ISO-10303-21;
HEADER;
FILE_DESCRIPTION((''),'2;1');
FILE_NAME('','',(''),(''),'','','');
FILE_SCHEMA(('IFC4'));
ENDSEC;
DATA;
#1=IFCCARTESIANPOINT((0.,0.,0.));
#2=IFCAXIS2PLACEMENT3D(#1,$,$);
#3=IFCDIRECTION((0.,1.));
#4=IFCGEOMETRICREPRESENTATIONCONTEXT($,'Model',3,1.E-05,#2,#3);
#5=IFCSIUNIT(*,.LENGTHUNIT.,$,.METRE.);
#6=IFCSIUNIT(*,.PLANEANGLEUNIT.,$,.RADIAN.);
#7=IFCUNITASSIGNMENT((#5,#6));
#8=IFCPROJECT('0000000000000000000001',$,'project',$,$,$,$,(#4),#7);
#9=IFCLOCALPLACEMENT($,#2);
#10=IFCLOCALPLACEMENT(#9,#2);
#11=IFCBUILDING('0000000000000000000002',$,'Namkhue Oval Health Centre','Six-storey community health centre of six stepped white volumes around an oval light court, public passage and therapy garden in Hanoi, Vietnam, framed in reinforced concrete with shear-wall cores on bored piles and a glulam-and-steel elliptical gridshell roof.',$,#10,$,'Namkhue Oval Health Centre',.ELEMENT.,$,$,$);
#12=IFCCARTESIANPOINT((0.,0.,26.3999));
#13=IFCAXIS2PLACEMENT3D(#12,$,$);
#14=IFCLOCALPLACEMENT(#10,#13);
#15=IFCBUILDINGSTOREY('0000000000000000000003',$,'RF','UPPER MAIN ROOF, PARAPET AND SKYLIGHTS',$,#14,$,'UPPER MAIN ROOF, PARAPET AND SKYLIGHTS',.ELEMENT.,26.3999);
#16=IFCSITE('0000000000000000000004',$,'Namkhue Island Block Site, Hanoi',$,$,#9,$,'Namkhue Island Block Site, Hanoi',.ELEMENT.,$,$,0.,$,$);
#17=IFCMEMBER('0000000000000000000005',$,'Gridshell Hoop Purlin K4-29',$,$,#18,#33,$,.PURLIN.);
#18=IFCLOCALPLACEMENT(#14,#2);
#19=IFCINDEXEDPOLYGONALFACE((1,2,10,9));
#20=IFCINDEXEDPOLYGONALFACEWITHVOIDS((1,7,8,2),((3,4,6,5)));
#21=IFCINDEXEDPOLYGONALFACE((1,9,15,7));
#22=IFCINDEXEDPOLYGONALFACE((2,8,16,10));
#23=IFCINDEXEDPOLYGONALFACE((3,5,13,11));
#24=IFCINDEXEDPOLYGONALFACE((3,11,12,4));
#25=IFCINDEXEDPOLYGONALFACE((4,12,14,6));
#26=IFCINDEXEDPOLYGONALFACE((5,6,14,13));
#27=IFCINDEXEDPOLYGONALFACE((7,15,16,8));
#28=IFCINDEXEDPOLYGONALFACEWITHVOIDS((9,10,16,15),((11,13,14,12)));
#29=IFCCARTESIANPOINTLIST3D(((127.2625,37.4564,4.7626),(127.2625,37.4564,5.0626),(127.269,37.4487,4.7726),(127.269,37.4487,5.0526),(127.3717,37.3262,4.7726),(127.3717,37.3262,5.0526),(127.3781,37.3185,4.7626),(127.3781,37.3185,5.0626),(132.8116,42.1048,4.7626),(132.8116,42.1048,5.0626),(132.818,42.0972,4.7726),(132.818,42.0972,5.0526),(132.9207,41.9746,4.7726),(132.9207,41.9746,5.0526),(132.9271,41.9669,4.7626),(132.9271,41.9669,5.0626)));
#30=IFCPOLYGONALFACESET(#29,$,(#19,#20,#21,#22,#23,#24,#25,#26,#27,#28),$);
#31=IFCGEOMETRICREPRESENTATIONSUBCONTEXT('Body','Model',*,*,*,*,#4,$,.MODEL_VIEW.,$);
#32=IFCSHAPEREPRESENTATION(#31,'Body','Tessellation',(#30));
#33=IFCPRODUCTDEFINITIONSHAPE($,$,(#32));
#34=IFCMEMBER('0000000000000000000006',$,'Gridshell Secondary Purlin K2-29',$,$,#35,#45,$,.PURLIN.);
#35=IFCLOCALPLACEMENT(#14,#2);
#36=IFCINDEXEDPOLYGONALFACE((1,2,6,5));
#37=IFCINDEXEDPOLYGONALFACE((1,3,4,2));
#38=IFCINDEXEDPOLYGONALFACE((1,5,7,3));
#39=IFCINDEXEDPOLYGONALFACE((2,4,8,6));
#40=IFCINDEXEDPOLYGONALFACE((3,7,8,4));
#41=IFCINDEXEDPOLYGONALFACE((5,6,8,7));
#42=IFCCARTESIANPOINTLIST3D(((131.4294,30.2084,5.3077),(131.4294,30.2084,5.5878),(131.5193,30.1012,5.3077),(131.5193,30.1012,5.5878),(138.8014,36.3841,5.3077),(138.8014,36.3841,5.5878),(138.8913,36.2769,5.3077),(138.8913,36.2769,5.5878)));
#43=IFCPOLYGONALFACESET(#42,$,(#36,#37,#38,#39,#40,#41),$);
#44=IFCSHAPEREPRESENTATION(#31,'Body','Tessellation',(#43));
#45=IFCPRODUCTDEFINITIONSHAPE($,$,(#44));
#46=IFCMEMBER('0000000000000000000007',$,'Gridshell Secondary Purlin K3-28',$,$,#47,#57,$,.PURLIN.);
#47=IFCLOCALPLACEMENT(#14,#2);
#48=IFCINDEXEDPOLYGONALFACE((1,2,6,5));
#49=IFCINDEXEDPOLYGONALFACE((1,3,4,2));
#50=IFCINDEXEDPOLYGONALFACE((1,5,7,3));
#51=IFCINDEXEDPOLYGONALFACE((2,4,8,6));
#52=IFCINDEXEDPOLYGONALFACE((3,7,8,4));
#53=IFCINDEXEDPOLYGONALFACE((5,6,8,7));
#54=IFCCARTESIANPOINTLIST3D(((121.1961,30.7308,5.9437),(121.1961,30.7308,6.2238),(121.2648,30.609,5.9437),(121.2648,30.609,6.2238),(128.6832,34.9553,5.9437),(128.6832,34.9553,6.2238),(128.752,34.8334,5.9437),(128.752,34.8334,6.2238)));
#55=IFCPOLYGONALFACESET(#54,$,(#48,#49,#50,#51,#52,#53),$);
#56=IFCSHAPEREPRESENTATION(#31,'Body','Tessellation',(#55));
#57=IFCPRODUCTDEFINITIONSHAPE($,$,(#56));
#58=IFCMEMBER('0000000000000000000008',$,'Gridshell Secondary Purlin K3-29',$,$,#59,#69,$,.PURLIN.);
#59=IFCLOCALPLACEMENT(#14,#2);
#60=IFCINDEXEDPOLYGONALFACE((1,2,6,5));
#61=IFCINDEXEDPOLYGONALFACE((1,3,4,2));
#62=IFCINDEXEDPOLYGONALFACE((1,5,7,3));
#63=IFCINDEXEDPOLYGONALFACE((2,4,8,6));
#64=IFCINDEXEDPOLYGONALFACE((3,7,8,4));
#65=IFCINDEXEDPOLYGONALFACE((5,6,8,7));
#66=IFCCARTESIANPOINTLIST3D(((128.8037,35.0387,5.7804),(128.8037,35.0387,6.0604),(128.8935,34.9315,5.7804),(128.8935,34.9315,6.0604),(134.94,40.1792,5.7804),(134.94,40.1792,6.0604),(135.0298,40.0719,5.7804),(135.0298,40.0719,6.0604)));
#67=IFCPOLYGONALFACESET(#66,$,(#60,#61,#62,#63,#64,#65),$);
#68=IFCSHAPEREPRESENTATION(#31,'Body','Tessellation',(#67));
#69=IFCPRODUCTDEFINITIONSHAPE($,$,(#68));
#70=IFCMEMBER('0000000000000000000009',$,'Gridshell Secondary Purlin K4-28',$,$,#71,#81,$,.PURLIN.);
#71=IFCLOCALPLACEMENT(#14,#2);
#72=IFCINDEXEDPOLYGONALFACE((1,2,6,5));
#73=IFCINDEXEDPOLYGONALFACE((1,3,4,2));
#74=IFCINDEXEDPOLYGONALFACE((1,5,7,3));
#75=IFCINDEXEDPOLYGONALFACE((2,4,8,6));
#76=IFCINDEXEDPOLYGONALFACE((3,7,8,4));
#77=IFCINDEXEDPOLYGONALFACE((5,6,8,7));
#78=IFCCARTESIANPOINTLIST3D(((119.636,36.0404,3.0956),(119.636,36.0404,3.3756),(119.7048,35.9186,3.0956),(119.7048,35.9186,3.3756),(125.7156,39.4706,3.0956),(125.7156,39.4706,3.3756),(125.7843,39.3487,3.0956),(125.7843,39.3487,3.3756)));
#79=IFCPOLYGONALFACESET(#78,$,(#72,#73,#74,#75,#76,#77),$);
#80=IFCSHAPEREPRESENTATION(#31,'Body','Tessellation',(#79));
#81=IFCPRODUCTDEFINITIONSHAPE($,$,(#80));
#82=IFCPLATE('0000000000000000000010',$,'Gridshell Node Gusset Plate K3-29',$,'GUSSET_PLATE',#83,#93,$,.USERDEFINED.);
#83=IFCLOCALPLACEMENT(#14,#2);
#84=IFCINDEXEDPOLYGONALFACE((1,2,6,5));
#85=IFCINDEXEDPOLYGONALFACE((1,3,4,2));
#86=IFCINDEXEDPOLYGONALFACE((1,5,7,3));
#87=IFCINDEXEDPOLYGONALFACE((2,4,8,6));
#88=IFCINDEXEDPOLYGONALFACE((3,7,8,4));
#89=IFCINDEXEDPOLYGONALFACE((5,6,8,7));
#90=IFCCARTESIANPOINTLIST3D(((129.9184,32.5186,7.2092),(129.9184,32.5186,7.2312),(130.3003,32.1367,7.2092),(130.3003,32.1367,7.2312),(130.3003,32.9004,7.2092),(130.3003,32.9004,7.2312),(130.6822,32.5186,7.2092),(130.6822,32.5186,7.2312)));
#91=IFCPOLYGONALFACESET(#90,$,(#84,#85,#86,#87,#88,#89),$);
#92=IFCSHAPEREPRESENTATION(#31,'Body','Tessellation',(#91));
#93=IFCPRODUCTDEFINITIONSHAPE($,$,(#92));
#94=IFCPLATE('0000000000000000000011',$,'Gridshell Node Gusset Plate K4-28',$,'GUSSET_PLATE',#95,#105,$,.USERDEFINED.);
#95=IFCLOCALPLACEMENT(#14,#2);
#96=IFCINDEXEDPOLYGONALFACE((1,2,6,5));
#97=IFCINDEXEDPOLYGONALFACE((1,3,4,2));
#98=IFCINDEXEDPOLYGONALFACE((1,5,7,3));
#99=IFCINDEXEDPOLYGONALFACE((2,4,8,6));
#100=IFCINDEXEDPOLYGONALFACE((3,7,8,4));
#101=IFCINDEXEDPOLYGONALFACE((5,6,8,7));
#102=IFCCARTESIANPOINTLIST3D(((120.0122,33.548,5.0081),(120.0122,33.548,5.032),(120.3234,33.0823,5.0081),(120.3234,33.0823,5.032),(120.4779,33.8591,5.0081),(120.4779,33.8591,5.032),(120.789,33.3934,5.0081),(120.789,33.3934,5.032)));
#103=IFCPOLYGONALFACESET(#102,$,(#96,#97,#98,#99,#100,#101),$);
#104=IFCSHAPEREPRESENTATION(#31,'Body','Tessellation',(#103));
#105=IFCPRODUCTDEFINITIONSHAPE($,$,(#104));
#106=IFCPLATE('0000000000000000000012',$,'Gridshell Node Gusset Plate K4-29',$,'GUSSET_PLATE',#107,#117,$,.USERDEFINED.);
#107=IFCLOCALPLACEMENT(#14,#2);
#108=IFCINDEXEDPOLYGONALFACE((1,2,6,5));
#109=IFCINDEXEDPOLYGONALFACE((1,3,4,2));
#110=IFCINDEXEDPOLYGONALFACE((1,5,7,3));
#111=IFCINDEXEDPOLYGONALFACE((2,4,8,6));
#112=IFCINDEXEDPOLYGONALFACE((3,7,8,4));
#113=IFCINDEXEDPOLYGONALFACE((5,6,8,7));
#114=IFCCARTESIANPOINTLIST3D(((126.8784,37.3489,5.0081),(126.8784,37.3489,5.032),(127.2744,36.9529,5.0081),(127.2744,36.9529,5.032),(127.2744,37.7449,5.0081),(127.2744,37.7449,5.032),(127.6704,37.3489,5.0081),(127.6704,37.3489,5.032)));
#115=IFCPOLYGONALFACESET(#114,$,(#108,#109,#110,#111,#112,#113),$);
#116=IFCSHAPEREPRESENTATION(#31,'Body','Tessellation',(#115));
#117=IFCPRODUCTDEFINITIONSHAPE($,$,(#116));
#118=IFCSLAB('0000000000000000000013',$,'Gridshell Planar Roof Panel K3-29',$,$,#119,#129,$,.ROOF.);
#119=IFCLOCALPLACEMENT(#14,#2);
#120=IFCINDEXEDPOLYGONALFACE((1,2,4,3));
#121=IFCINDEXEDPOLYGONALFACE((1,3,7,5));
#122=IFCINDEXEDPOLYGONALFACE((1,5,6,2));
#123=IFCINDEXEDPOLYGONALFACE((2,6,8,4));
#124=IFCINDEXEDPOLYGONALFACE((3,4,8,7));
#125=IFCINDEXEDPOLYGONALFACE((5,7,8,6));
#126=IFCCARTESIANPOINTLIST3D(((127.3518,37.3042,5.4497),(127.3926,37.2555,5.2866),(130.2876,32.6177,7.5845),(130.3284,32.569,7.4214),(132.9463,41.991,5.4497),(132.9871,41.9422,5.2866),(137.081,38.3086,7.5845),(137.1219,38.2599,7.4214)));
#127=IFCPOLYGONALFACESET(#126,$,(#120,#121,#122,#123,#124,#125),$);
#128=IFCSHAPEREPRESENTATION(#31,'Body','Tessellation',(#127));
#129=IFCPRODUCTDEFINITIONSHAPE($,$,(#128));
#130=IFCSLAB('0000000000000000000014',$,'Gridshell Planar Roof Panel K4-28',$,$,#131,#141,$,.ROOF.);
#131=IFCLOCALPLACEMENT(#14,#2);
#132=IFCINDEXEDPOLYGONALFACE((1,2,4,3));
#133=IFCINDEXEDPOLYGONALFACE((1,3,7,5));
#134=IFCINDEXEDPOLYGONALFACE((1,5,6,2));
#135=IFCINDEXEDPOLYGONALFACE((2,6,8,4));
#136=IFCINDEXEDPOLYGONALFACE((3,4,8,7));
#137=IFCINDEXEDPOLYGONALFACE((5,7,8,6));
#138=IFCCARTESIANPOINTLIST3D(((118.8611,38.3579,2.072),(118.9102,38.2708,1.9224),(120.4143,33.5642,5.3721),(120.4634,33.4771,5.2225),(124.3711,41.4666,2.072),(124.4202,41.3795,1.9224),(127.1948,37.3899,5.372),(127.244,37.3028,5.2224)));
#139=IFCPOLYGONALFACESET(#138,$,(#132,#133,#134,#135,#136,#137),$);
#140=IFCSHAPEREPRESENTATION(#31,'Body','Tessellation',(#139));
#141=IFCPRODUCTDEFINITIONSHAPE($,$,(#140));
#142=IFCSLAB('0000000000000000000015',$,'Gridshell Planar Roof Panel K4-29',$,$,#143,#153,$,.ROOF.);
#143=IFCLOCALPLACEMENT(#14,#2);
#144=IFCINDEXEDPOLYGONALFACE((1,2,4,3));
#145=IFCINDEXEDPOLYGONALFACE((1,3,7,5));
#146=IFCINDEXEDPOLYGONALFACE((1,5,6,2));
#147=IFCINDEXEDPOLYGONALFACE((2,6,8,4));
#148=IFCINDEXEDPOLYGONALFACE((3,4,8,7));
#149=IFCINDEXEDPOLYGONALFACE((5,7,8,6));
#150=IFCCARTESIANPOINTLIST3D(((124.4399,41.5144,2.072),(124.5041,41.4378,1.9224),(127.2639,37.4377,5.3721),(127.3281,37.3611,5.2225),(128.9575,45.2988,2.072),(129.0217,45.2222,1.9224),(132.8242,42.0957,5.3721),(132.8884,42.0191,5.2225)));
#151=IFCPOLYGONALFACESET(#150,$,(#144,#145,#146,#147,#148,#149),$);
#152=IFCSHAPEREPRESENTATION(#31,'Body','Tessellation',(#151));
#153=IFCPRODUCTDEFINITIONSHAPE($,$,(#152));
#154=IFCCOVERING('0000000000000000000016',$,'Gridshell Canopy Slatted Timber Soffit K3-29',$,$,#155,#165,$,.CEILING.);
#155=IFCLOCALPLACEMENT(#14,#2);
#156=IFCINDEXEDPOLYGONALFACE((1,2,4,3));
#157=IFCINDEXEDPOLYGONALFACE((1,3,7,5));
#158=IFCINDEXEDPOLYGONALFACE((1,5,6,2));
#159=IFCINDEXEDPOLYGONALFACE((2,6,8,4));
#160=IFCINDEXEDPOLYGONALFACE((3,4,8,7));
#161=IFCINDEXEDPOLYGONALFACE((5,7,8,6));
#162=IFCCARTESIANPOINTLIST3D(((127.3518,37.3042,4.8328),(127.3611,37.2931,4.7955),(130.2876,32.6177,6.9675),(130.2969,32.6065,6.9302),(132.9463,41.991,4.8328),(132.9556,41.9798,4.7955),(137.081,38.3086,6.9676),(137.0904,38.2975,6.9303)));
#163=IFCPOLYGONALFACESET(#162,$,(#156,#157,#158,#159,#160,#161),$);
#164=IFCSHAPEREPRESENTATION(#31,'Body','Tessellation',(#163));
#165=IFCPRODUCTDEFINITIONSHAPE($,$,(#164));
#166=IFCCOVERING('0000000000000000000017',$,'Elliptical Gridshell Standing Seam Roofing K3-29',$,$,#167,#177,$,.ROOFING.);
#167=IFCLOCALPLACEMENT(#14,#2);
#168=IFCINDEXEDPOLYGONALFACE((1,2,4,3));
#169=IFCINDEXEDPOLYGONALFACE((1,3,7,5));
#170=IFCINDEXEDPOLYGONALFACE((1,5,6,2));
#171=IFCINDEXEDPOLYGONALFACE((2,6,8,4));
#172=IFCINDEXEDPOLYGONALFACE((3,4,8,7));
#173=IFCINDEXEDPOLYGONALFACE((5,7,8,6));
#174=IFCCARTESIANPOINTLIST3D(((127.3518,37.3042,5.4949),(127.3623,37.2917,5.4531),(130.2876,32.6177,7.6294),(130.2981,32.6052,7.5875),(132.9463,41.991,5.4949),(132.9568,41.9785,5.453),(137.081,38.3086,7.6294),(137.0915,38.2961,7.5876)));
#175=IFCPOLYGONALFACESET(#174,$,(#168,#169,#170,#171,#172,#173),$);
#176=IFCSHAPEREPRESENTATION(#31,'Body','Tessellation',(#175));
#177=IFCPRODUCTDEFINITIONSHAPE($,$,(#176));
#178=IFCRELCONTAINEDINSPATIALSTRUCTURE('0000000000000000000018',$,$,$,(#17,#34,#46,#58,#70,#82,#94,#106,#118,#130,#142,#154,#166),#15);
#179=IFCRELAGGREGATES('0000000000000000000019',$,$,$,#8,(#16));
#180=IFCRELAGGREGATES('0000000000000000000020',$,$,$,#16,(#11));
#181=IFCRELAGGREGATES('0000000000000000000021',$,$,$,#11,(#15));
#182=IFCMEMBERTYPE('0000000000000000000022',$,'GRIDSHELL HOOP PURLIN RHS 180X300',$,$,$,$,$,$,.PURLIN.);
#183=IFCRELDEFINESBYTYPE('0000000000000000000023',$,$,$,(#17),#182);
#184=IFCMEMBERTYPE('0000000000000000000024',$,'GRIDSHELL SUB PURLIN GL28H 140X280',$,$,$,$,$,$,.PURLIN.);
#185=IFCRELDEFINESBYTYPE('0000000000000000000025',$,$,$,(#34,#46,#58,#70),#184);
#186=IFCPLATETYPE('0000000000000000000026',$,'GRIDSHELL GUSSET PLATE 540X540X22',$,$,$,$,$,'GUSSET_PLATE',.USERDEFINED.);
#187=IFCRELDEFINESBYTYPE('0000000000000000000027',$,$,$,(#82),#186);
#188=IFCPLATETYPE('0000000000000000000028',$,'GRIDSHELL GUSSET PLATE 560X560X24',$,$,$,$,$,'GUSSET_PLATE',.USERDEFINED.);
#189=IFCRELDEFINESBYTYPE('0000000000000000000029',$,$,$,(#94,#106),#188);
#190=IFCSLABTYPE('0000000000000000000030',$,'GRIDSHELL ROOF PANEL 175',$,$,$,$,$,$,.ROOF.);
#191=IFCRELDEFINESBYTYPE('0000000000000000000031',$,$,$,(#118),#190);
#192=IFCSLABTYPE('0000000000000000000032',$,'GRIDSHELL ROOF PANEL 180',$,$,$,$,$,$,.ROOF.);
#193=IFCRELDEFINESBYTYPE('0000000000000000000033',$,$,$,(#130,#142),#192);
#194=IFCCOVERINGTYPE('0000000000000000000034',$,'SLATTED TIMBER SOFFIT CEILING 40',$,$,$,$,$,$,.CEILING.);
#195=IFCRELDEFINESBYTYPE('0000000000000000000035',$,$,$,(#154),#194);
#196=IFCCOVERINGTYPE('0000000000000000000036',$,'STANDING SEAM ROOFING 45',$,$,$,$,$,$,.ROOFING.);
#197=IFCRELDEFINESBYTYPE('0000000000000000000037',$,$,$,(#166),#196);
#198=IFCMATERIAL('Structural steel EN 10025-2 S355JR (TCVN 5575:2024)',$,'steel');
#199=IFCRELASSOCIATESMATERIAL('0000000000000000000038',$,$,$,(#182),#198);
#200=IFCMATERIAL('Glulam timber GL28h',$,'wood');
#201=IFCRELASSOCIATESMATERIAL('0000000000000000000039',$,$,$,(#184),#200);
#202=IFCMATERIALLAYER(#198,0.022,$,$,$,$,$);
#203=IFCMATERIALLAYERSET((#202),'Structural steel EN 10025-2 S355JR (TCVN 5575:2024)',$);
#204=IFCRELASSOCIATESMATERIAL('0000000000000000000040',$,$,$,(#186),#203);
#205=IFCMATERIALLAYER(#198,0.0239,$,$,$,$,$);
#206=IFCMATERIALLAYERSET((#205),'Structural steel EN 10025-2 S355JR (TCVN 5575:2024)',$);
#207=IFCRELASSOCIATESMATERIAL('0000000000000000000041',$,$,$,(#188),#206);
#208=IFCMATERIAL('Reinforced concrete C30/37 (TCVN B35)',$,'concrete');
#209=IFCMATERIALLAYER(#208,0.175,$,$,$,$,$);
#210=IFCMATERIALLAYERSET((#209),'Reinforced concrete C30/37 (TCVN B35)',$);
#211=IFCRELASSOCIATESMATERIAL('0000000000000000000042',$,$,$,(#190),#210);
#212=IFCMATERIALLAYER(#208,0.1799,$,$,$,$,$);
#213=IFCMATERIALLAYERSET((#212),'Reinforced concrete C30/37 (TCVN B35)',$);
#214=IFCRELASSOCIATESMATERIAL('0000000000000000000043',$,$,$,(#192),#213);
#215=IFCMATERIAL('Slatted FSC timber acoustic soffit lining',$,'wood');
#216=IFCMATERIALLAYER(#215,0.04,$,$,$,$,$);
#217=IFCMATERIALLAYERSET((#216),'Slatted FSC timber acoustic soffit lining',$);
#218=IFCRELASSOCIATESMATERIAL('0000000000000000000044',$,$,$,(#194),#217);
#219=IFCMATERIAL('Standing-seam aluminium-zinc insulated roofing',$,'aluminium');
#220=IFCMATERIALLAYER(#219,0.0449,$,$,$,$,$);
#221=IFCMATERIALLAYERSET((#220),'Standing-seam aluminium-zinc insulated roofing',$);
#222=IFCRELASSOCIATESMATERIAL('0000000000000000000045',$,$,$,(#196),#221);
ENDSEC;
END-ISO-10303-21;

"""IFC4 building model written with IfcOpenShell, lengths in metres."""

from ifc_helpers import new_model, si_unit, direction, frame, origin, origin_2d, place, context, subcontext, project, spatial, polyline, rectangle, hollow_rectangle, outline, extrude, material, layer, layer_set, material_profile, profile_set, type_object, element, save


model = new_model("IFC4")

# Units and contexts
model_context = context("Model", 3, precision=1e-05, world=origin(), true_north=direction((0.0, 1.0)))
body_context = subcontext(model_context, "Body", "Model", "MODEL_VIEW")
ifc_project = project(units=[si_unit("LENGTHUNIT", "METRE"), si_unit("PLANEANGLEUNIT", "RADIAN")], contexts=[model_context])

# Site, building, storey
site_placement = place(None, origin())
site = spatial("IfcSite", under=ifc_project, at=site_placement, Name="Namkhue Island Block Site, Hanoi", LongName="Namkhue Island Block Site, Hanoi", CompositionType="ELEMENT", RefElevation=0.0)
building_placement = place(site_placement, origin())
building = spatial("IfcBuilding", under=site, at=building_placement, Name="Namkhue Oval Health Centre", Description="Six-storey community health centre of six stepped white volumes around an oval light court, public passage and therapy garden in Hanoi, Vietnam, framed in reinforced concrete with shear-wall cores on bored piles and a glulam-and-steel elliptical gridshell roof.", LongName="Namkhue Oval Health Centre", CompositionType="ELEMENT")
storey_placement = place(building_placement, frame((0.0, 0.0, 26.3999)))
storey = spatial("IfcBuildingStorey", under=building, at=storey_placement, Name="RF", Description="UPPER MAIN ROOF, PARAPET AND SKYLIGHTS", LongName="UPPER MAIN ROOF, PARAPET AND SKYLIGHTS", CompositionType="ELEMENT", Elevation=26.3999)

# Members
ifc_material_1 = material(Name="Structural steel EN 10025-2 S355JR (TCVN 5575:2024)", Category="steel")
ifc_material_2 = material(Name="Glulam timber GL28h", Category="wood")
ifc_material_profile_1 = material_profile(ifc_material_1, hollow_rectangle(XDim=0.1799, YDim=0.3, WallThickness=0.01, at=origin_2d()), Name="RHS 180x300x10")
ifc_profile_set_1 = profile_set([ifc_material_profile_1], Name="Structural steel EN 10025-2 S355JR (TCVN 5575:2024)")
member_type_1 = type_object("IfcMemberType", Name="GRIDSHELL HOOP PURLIN RHS 180X300", PredefinedType="PURLIN", material=ifc_profile_set_1)
member_1_placement = place(storey_placement, frame((127.3203, 37.3875, 4.9126), z_axis=(0.766574, 0.642156, 0.0), x_axis=(-0.642156, 0.766574, 0.0)))
element("IfcMember", 1, at=member_1_placement, inside=storey, type_object=member_type_1, Name="Gridshell Hoop Purlin K4-29", PredefinedType="PURLIN", context=body_context, shape_type="SweptSolid", body=[
    extrude(hollow_rectangle(XDim=0.1799, YDim=0.3, WallThickness=0.01, at=origin_2d()), origin(), (0.0, 0.0, 1.0), 7.2388),
])
ifc_material_profile_2 = material_profile(ifc_material_2, rectangle(XDim=0.1399, YDim=0.28, at=origin_2d()), Name="GL28h 140x280")
ifc_profile_set_2 = profile_set([ifc_material_profile_2], Name="Glulam timber GL28h")
member_type_2 = type_object("IfcMemberType", Name="GRIDSHELL SUB PURLIN GL28H 140X280", PredefinedType="PURLIN", material=ifc_profile_set_2)
member_2_placement = place(storey_placement, frame((131.4744, 30.1548, 5.4478), z_axis=(0.766562, 0.64217, 0.0), x_axis=(-0.64217, 0.766562, 0.0)))
element("IfcMember", 2, at=member_2_placement, inside=storey, type_object=member_type_2, Name="Gridshell Secondary Purlin K2-29", PredefinedType="PURLIN", context=body_context, shape_type="SweptSolid", body=[
    extrude(rectangle(XDim=0.1399, YDim=0.28, at=origin_2d()), origin(), (0.0, 0.0, 1.0), 9.6169),
])
member_3_placement = place(storey_placement, frame((121.2305, 30.6699, 6.0837), z_axis=(0.870934, 0.4914, 0.0), x_axis=(-0.4914, 0.870934, 0.0)))
element("IfcMember", 3, at=member_3_placement, inside=storey, type_object=member_type_2, Name="Gridshell Secondary Purlin K3-28", PredefinedType="PURLIN", context=body_context, shape_type="SweptSolid", body=[
    extrude(rectangle(XDim=0.1399, YDim=0.28, at=origin_2d()), origin(), (0.0, 0.0, 1.0), 8.5967),
])
member_4_placement = place(storey_placement, frame((128.8486, 34.9851, 5.9204), z_axis=(0.766569, 0.642162, 0.0), x_axis=(-0.642162, 0.766569, 0.0)))
element("IfcMember", 4, at=member_4_placement, inside=storey, type_object=member_type_2, Name="Gridshell Secondary Purlin K3-29", PredefinedType="PURLIN", context=body_context, shape_type="SweptSolid", body=[
    extrude(rectangle(XDim=0.1399, YDim=0.28, at=origin_2d()), origin(), (0.0, 0.0, 1.0), 8.0049),
])
member_5_placement = place(storey_placement, frame((119.6704, 35.9795, 3.2356), z_axis=(0.870938, 0.491393, 0.0), x_axis=(-0.491393, 0.870938, 0.0)))
element("IfcMember", 5, at=member_5_placement, inside=storey, type_object=member_type_2, Name="Gridshell Secondary Purlin K4-28", PredefinedType="PURLIN", context=body_context, shape_type="SweptSolid", body=[
    extrude(rectangle(XDim=0.1399, YDim=0.28, at=origin_2d()), origin(), (0.0, 0.0, 1.0), 6.9805),
])

# Plates
ifc_layer_1 = layer(ifc_material_1, 0.022)
ifc_layer_set_1 = layer_set([ifc_layer_1], Name="Structural steel EN 10025-2 S355JR (TCVN 5575:2024)")
plate_type_1 = type_object("IfcPlateType", Name="GRIDSHELL GUSSET PLATE 540X540X22", ElementType="GUSSET_PLATE", PredefinedType="USERDEFINED", material=ifc_layer_set_1)
plate_placement = place(storey_placement, frame((130.3003, 32.5186, 7.2092), z_axis=(0.0, 0.0, 1.0), x_axis=(0.707107, -0.707107, 0.0)))
element("IfcPlate", 6, at=plate_placement, inside=storey, type_object=plate_type_1, Name="Gridshell Node Gusset Plate K3-29", ObjectType="GUSSET_PLATE", PredefinedType="USERDEFINED", context=body_context, shape_type="SweptSolid", body=[
    extrude(rectangle(XDim=0.54, YDim=0.54, at=origin_2d()), origin(), (0.0, 0.0, 1.0), 0.022),
])
ifc_layer_2 = layer(ifc_material_1, 0.0239)
ifc_layer_set_2 = layer_set([ifc_layer_2], Name="Structural steel EN 10025-2 S355JR (TCVN 5575:2024)")
plate_type_2 = type_object("IfcPlateType", Name="GRIDSHELL GUSSET PLATE 560X560X24", ElementType="GUSSET_PLATE", PredefinedType="USERDEFINED", material=ifc_layer_set_2)
for number, where, z_axis, x_axis, name in (
    (7, (120.4006, 33.4707, 5.0081), (0.0, 0.0, 1.0), (0.55557, -0.83147, 0.0), "Gridshell Node Gusset Plate K4-28"),
    (8, (127.2744, 37.3489, 5.0081), (0.0, 0.0, 1.0), (0.707107, -0.707107, 0.0), "Gridshell Node Gusset Plate K4-29"),
):
    element("IfcPlate", number, at=place(storey_placement, frame(where, z_axis=z_axis, x_axis=x_axis)), inside=storey, type_object=plate_type_2, Name=name, ObjectType="GUSSET_PLATE", PredefinedType="USERDEFINED", context=body_context, shape_type="SweptSolid", body=[
        extrude(rectangle(XDim=0.5601, YDim=0.5601, at=origin_2d()), origin(), (0.0, 0.0, 1.0), 0.0239),
    ])

# Slabs
ifc_material_3 = material(Name="Reinforced concrete C30/37 (TCVN B35)", Category="concrete")
ifc_layer_3 = layer(ifc_material_3, 0.175)
ifc_layer_set_3 = layer_set([ifc_layer_3], Name="Reinforced concrete C30/37 (TCVN B35)")
slab_type_1 = type_object("IfcSlabType", Name="GRIDSHELL ROOF PANEL 175", PredefinedType="ROOF", material=ifc_layer_set_3)
slab_1_placement = place(storey_placement, frame((130.2876, 32.6177, 7.5845), z_axis=(-0.233176, 0.278345, 0.931747), x_axis=(0.766569, 0.642162, 0.000004)))
element("IfcSlab", 9, at=slab_1_placement, inside=storey, type_object=slab_type_1, Name="Gridshell Planar Roof Panel K3-29", PredefinedType="ROOF", context=body_context, shape_type="SweptSolid", body=[
    extrude(outline(polyline([(0.0, 0.0), (8.8621, 0.0), (8.0572, 5.8792), (0.759, 5.8791), (0.0, 0.0)])), origin(), (0.0, 0.0, -1.0), 0.175),
])
ifc_layer_4 = layer(ifc_material_3, 0.1799)
ifc_layer_set_4 = layer_set([ifc_layer_4], Name="Reinforced concrete C30/37 (TCVN B35)")
slab_type_2 = type_object("IfcSlabType", Name="GRIDSHELL ROOF PANEL 180", PredefinedType="ROOF", material=ifc_layer_set_4)
slab_2_placement = place(storey_placement, frame((120.4143, 33.5642, 5.3721), z_axis=(-0.273026, 0.483917, 0.831433), x_axis=(0.870938, 0.491394, -0.000006)))
element("IfcSlab", 10, at=slab_2_placement, inside=storey, type_object=slab_type_2, Name="Gridshell Planar Roof Panel K4-28", PredefinedType="ROOF", context=body_context, shape_type="SweptSolid", body=[
    extrude(outline(polyline([(0.0, 0.0), (7.7853, 0.0), (7.3293, 5.9393), (1.0029, 5.9394), (0.0, 0.0)])), origin(), (0.0, 0.0, -1.0), 0.1799),
])
slab_3_placement = place(storey_placement, frame((127.2639, 37.4377, 5.3721), z_axis=(-0.356787, 0.425905, 0.831449), x_axis=(0.766566, 0.642165, -0.000001)))
element("IfcSlab", 11, at=slab_3_placement, inside=storey, type_object=slab_type_2, Name="Gridshell Planar Roof Panel K4-29", PredefinedType="ROOF", context=body_context, shape_type="SweptSolid", body=[
    extrude(outline(polyline([(0.0, 0.0), (7.2535, 0.0), (6.3464, 5.9396), (0.4531, 5.9396), (0.0, 0.0)])), origin(), (0.0, 0.0, -1.0), 0.1799),
])

# Coverings
ifc_material_4 = material(Name="Slatted FSC timber acoustic soffit lining", Category="wood")
ifc_layer_5 = layer(ifc_material_4, 0.04)
ifc_layer_set_5 = layer_set([ifc_layer_5], Name="Slatted FSC timber acoustic soffit lining")
covering_type_1 = type_object("IfcCoveringType", Name="SLATTED TIMBER SOFFIT CEILING 40", PredefinedType="CEILING", material=ifc_layer_set_5)
covering_1_placement = place(storey_placement, frame((130.2876, 32.6177, 6.9675), z_axis=(-0.233176, 0.278345, 0.931747), x_axis=(0.766569, 0.642162, 0.000004)))
element("IfcCovering", 12, at=covering_1_placement, inside=storey, type_object=covering_type_1, Name="Gridshell Canopy Slatted Timber Soffit K3-29", PredefinedType="CEILING", context=body_context, shape_type="SweptSolid", body=[
    extrude(outline(polyline([(0.0, 0.0), (8.8621, 0.0), (8.0572, 5.8792), (0.759, 5.8791), (0.0, 0.0)])), origin(), (0.0, 0.0, -1.0), 0.04),
])
ifc_material_5 = material(Name="Standing-seam aluminium-zinc insulated roofing", Category="aluminium")
ifc_layer_6 = layer(ifc_material_5, 0.0449)
ifc_layer_set_6 = layer_set([ifc_layer_6], Name="Standing-seam aluminium-zinc insulated roofing")
covering_type_2 = type_object("IfcCoveringType", Name="STANDING SEAM ROOFING 45", PredefinedType="ROOFING", material=ifc_layer_set_6)
covering_2_placement = place(storey_placement, frame((130.2876, 32.6177, 7.6294), z_axis=(-0.233153, 0.278317, 0.931761), x_axis=(0.766569, 0.642162, 0.000004)))
element("IfcCovering", 13, at=covering_2_placement, inside=storey, type_object=covering_type_2, Name="Elliptical Gridshell Standing Seam Roofing K3-29", PredefinedType="ROOFING", context=body_context, shape_type="SweptSolid", body=[
    extrude(outline(polyline([(0.0, 0.0), (8.8621, 0.0), (8.0572, 5.8792), (0.759, 5.879), (0.0, 0.0)])), origin(), (0.0, 0.0, -1.0), 0.0449),
])

save(model, "model.ifc")
